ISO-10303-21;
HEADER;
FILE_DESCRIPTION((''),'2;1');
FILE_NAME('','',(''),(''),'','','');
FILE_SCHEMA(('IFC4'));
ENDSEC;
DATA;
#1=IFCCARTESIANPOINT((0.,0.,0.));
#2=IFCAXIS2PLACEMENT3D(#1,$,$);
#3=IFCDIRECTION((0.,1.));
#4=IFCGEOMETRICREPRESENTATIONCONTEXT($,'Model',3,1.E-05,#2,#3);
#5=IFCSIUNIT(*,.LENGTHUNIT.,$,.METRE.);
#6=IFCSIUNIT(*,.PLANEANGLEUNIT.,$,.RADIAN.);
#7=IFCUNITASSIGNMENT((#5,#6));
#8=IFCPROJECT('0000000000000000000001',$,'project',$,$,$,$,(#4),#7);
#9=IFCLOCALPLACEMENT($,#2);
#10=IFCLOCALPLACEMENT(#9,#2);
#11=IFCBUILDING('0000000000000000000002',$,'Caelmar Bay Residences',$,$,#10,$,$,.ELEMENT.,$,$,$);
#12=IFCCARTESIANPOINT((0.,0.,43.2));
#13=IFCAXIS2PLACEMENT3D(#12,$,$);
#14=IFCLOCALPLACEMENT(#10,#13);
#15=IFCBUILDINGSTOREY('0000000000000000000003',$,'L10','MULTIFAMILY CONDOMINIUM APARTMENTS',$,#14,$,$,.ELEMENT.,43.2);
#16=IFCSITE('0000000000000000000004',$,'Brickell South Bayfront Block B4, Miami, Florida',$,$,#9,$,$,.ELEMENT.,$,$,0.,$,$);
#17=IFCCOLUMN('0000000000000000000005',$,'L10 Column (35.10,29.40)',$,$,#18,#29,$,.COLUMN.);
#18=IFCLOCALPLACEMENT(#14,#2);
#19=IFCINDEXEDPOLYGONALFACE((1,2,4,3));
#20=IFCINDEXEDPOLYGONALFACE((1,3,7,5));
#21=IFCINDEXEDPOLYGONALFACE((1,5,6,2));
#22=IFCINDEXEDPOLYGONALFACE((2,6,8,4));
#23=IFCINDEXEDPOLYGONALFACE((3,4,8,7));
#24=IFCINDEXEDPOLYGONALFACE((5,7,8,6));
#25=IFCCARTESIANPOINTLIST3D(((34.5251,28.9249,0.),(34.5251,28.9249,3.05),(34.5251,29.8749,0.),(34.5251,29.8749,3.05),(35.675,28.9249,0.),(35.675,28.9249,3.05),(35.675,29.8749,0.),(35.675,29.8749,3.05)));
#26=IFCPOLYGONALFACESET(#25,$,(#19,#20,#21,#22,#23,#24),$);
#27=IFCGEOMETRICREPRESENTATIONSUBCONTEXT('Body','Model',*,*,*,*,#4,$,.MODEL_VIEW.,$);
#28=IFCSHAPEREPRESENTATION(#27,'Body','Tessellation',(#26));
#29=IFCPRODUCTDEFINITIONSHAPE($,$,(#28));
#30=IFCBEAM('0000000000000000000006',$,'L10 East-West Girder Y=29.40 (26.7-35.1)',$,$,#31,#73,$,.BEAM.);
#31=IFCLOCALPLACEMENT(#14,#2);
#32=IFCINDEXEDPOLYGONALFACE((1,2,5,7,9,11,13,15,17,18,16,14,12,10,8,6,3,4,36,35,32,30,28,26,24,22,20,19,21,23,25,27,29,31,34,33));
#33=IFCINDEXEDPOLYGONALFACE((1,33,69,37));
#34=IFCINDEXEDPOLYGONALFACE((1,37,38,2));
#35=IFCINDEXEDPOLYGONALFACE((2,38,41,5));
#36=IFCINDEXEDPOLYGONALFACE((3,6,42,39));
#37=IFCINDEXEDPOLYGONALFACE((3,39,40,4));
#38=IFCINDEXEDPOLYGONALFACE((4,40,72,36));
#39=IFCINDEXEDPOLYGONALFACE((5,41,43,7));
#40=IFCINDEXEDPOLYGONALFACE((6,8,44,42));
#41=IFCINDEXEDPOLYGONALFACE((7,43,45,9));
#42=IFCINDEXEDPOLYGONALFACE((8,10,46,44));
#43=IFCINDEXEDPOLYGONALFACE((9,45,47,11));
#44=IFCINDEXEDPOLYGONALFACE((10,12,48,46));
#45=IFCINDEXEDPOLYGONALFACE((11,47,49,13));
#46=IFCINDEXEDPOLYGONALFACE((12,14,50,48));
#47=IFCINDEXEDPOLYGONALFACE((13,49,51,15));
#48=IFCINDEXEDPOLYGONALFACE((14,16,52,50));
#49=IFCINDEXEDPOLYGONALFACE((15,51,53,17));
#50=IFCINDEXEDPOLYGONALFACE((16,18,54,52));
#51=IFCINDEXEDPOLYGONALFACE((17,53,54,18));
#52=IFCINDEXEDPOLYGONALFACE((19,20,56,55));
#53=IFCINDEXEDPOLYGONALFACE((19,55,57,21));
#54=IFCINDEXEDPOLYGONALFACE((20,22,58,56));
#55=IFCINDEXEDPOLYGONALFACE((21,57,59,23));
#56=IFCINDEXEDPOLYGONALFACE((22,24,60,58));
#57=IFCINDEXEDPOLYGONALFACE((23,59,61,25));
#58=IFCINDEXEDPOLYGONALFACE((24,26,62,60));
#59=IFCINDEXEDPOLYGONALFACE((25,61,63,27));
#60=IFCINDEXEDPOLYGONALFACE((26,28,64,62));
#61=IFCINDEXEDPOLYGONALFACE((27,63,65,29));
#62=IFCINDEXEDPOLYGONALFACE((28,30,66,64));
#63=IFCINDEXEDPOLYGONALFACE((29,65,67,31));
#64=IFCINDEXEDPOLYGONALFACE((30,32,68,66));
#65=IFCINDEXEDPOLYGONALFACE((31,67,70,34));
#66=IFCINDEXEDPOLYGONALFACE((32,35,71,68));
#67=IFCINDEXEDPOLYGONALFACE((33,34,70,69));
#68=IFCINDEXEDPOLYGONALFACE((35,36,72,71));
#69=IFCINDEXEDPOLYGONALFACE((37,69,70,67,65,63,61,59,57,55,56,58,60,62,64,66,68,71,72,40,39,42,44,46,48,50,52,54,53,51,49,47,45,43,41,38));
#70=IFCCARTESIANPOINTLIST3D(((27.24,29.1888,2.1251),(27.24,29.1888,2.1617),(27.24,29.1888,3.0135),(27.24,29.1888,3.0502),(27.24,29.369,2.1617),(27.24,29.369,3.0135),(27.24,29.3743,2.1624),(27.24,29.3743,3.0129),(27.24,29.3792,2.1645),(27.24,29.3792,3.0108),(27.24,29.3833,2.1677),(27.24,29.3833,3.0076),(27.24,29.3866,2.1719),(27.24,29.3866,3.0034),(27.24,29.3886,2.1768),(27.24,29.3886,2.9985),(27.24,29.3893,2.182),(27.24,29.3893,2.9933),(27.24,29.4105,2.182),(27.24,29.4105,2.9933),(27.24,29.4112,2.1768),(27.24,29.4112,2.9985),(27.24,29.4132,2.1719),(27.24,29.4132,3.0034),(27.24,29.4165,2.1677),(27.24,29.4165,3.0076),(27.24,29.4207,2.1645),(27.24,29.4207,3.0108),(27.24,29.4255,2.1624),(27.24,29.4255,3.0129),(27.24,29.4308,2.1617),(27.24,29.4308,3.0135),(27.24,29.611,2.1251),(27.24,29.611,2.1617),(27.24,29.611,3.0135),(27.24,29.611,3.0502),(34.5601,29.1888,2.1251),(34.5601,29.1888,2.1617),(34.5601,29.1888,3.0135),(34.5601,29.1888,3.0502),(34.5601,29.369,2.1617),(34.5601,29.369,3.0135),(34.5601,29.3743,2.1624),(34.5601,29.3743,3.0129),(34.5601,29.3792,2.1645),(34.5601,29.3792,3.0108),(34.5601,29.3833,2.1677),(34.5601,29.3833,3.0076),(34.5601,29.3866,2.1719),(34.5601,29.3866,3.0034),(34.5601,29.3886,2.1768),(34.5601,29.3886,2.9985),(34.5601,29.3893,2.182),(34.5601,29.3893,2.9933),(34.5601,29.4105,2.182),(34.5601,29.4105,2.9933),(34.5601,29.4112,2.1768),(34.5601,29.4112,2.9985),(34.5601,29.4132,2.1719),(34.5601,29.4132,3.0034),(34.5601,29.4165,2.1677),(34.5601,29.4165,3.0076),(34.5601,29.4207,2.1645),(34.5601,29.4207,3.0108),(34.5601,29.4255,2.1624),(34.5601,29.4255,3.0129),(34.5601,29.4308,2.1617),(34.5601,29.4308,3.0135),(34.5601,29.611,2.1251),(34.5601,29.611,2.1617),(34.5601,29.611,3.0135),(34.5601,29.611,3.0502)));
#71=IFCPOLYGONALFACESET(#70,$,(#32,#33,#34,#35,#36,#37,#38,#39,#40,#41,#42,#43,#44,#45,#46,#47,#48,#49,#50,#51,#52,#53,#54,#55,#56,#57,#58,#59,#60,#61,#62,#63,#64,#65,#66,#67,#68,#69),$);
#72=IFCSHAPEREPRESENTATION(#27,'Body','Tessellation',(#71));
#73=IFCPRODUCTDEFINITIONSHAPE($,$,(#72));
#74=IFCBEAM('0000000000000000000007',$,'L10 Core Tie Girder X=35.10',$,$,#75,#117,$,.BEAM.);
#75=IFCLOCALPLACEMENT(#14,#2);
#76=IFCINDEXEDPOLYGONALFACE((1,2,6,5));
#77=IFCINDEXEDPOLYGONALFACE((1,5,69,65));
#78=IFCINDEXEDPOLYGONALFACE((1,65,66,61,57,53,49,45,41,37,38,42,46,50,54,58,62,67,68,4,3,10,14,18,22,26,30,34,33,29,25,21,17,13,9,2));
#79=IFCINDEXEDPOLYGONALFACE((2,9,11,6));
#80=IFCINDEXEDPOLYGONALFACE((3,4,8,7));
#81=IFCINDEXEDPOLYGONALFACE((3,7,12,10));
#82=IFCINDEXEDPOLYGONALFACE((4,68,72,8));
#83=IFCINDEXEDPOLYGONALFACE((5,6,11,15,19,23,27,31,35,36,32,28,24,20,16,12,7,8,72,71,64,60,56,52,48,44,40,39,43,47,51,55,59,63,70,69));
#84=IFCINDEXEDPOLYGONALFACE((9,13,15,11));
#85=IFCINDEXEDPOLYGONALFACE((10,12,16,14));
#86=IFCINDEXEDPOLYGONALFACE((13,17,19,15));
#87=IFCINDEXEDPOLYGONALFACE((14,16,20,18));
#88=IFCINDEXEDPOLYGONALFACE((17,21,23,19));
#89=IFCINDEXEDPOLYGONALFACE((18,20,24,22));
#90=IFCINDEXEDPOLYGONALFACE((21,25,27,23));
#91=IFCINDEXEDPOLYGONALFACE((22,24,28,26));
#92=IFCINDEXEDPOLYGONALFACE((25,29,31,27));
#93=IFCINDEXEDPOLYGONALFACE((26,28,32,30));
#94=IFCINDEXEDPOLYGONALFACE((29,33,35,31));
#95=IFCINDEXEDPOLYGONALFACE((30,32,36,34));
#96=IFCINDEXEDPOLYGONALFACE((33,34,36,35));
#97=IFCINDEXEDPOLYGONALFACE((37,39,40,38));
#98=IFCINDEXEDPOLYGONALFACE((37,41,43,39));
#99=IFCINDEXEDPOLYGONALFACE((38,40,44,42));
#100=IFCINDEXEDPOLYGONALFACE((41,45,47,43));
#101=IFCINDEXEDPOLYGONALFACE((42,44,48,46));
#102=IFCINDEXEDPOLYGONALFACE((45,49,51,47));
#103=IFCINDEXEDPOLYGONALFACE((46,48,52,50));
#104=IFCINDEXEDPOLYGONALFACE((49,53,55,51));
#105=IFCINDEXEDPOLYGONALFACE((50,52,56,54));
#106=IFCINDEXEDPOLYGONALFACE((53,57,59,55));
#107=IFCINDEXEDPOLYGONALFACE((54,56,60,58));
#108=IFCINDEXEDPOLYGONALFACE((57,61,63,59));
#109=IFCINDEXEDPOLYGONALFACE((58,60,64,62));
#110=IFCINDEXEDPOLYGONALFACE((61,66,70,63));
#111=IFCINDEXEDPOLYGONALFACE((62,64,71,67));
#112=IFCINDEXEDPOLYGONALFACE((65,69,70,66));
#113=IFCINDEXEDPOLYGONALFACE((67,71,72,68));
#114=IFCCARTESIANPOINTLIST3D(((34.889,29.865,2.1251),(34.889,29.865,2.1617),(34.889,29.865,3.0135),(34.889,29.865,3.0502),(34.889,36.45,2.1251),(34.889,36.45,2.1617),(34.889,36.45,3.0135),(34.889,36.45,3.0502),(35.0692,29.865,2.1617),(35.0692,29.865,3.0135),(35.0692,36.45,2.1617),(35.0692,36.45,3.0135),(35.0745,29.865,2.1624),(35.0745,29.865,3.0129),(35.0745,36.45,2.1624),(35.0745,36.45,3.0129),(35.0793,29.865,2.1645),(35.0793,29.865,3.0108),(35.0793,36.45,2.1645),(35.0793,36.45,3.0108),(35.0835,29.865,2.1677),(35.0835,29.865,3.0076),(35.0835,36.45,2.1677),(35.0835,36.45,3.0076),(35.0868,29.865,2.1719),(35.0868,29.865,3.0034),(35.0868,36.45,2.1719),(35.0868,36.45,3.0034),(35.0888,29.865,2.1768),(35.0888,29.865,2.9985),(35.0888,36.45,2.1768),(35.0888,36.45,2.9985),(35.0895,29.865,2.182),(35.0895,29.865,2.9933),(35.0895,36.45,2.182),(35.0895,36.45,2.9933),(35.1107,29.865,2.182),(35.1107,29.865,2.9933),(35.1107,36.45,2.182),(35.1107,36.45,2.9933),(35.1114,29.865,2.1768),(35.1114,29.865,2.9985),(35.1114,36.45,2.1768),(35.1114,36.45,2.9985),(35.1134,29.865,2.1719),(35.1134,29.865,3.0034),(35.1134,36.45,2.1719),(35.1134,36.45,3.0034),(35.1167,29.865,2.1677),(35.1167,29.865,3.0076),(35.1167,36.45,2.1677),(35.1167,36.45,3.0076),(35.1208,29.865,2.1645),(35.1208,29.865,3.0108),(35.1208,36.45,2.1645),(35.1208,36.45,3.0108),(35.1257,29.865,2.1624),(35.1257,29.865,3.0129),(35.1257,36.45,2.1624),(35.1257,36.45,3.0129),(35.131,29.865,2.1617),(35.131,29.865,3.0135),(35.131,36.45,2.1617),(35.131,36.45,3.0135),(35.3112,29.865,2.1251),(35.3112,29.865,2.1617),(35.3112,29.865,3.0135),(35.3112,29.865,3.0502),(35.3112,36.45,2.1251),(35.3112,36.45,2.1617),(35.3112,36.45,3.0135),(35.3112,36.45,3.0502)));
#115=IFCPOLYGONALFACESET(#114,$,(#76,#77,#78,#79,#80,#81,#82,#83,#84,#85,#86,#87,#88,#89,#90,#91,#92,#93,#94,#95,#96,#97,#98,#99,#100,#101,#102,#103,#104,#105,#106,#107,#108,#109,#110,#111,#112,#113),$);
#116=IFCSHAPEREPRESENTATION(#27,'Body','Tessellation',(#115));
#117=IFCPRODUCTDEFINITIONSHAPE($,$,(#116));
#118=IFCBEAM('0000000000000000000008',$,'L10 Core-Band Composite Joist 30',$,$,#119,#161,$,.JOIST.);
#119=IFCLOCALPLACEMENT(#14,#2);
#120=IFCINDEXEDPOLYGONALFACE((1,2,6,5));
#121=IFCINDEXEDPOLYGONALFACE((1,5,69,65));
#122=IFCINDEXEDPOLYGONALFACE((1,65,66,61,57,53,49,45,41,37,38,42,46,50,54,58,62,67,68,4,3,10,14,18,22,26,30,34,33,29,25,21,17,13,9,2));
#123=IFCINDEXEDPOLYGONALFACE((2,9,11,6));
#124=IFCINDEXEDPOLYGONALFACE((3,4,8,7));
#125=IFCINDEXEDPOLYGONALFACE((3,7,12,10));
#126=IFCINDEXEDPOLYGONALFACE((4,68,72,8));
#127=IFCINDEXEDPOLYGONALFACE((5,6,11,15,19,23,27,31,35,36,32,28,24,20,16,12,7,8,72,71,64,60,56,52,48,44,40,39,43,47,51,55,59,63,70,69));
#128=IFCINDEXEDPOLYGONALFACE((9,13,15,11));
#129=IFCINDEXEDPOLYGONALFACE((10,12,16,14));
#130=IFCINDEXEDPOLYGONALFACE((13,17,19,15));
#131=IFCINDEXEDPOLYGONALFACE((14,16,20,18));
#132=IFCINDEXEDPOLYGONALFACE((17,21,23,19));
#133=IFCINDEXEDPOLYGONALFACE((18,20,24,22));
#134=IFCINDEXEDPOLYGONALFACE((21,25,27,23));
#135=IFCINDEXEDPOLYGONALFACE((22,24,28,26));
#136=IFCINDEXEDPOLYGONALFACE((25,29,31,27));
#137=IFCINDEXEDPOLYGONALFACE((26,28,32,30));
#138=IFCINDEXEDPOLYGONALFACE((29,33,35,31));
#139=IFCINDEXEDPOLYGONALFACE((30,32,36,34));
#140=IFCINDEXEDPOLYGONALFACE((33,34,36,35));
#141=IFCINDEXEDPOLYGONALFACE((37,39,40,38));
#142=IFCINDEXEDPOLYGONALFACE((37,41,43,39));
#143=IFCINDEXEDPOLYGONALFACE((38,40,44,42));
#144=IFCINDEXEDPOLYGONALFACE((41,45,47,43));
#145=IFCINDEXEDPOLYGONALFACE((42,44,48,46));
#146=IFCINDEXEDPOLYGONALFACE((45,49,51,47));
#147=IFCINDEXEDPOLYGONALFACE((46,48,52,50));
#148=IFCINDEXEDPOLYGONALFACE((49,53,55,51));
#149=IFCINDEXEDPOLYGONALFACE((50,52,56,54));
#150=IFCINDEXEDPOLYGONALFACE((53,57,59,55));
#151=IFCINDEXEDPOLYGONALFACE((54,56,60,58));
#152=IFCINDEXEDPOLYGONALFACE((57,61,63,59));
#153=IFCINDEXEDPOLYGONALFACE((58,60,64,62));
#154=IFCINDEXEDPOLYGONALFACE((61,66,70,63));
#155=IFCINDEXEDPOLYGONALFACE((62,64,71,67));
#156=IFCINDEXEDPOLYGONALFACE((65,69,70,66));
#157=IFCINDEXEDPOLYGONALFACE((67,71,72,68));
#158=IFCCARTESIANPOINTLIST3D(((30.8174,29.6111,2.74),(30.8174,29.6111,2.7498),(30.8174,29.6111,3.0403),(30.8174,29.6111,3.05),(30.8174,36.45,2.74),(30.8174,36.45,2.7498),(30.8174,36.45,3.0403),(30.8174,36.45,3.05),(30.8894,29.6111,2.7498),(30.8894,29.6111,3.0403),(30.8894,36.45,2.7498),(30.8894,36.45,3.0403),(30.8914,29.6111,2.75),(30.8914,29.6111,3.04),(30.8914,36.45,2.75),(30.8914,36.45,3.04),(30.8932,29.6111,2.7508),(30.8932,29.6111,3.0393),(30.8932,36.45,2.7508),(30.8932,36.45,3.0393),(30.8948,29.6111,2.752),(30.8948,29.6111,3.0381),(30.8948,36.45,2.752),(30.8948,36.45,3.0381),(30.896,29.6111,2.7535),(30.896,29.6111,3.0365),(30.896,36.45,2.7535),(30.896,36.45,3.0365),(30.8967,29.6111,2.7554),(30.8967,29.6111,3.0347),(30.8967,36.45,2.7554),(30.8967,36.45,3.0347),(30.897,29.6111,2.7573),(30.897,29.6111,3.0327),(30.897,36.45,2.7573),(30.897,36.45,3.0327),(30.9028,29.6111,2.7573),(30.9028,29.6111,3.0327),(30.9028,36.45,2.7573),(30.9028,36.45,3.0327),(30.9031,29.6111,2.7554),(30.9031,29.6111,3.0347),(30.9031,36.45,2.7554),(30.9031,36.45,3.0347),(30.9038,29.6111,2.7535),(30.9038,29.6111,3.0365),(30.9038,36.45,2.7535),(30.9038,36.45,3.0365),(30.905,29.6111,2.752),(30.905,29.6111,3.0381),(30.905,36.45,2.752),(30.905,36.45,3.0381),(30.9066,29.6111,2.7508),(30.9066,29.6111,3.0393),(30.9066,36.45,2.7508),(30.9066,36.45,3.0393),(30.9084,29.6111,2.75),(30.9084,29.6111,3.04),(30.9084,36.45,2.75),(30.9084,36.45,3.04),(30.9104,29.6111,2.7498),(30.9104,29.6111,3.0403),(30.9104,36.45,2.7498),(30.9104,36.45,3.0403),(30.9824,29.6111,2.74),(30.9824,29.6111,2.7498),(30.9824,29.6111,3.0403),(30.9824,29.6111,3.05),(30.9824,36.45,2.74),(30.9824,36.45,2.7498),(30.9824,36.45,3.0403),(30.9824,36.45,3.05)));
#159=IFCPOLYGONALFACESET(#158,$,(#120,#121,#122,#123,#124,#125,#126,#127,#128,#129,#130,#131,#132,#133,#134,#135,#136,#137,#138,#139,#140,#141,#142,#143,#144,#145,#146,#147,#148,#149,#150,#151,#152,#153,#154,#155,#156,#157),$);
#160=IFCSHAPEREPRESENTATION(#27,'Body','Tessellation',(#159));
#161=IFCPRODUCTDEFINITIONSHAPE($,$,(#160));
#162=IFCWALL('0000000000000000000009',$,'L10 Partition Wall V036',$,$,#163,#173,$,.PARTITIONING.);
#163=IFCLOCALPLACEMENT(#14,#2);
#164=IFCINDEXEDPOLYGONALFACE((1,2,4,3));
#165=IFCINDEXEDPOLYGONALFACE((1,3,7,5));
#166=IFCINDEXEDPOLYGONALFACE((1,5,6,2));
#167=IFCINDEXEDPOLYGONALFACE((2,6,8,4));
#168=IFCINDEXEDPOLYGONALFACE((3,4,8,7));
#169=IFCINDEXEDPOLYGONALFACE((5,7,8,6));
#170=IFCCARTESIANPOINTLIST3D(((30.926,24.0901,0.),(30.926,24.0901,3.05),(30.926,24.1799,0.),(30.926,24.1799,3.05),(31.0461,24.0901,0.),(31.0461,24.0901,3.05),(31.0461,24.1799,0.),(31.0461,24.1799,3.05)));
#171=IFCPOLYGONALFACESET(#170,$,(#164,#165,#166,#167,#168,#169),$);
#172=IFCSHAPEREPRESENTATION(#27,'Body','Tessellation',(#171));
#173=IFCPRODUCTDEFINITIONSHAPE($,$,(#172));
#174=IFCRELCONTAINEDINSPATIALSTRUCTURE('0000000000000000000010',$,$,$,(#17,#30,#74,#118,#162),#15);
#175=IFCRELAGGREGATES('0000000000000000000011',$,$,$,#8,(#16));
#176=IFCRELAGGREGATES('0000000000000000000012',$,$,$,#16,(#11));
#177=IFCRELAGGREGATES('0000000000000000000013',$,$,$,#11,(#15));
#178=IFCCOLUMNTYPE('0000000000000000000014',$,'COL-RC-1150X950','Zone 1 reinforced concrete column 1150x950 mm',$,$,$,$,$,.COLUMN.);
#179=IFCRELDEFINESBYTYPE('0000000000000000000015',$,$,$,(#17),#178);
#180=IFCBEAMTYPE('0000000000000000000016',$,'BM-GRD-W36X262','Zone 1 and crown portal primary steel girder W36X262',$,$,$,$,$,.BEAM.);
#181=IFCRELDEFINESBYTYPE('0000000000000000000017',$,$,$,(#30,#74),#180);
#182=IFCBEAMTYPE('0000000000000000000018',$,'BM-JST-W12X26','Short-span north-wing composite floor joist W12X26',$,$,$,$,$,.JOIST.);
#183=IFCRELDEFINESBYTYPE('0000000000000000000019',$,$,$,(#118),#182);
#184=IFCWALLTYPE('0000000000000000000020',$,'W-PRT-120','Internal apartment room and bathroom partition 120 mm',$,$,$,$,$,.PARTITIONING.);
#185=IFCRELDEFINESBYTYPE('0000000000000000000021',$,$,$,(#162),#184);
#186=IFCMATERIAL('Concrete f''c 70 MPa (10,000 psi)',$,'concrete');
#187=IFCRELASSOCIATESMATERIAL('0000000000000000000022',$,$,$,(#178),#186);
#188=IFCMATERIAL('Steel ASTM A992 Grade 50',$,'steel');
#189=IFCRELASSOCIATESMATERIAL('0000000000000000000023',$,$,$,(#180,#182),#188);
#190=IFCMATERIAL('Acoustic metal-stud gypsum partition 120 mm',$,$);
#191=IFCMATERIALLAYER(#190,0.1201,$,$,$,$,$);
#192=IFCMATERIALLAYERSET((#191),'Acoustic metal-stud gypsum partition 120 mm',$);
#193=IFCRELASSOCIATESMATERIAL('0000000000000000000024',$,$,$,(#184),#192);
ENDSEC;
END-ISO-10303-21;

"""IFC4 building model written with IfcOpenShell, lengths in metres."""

from ifc_helpers import new_model, si_unit, direction, frame, frame_2d, origin, origin_2d, place, context, subcontext, project, spatial, rectangle, i_section, extrude, material, layer, layer_set, material_profile, profile_set, type_object, element, save


model = new_model("IFC4")

# Units and contexts
model_context = context("Model", 3, precision=1e-05, world=origin(), true_north=direction((0.0, 1.0)))
body_context = subcontext(model_context, "Body", "Model", "MODEL_VIEW")
ifc_project = project(units=[si_unit("LENGTHUNIT", "METRE"), si_unit("PLANEANGLEUNIT", "RADIAN")], contexts=[model_context])

# Site, building, storey
site_placement = place(None, origin())
site = spatial("IfcSite", under=ifc_project, at=site_placement, Name="Brickell South Bayfront Block B4, Miami, Florida", CompositionType="ELEMENT", RefElevation=0.0)
building_placement = place(site_placement, origin())
building = spatial("IfcBuilding", under=site, at=building_placement, Name="Caelmar Bay Residences", CompositionType="ELEMENT")
storey_placement = place(building_placement, frame((0.0, 0.0, 43.2)))
storey = spatial("IfcBuildingStorey", under=building, at=storey_placement, Name="L10", Description="MULTIFAMILY CONDOMINIUM APARTMENTS", CompositionType="ELEMENT", Elevation=43.2)

# Column
ifc_material_1 = material(Name="Concrete f'c 70 MPa (10,000 psi)", Category="concrete")
ifc_material_profile_1 = material_profile(ifc_material_1, rectangle(XDim=1.1499, YDim=0.95, at=origin_2d()), Name="RC-COL-1150X950")
ifc_profile_set_1 = profile_set([ifc_material_profile_1], Name="Concrete f'c 70 MPa (10,000 psi)")
column_type = type_object("IfcColumnType", Name="COL-RC-1150X950", Description="Zone 1 reinforced concrete column 1150x950 mm", PredefinedType="COLUMN", material=ifc_profile_set_1)
column_placement = place(storey_placement, frame((35.1001, 29.3999, 0.0), z_axis=(0.0, 0.0, 1.0), x_axis=(1.0, 0.0, 0.0)))
element("IfcColumn", 1, at=column_placement, inside=storey, type_object=column_type, Name="L10 Column (35.10,29.40)", PredefinedType="COLUMN", context=body_context, shape_type="SweptSolid", body=[
    extrude(rectangle(XDim=1.1499, YDim=0.95, at=origin_2d()), origin(), (0.0, 0.0, 1.0), 3.05),
])

# Beams
ifc_material_2 = material(Name="Steel ASTM A992 Grade 50", Category="steel")
ifc_material_profile_2 = material_profile(ifc_material_2, i_section(OverallWidth=0.4221, OverallDepth=0.925, WebThickness=0.0212, FlangeThickness=0.0366, FilletRadius=0.0203, at=origin_2d()), Name="W36X262")
ifc_profile_set_2 = profile_set([ifc_material_profile_2], Name="Steel ASTM A992 Grade 50")
beam_type_1 = type_object("IfcBeamType", Name="BM-GRD-W36X262", Description="Zone 1 and crown portal primary steel girder W36X262", PredefinedType="BEAM", material=ifc_profile_set_2)
beam_1_placement = place(storey_placement, frame((27.24, 29.3999, 2.5876), z_axis=(1.0, 0.0, 0.0), x_axis=(0.0, 1.0, 0.0)))
element("IfcBeam", 2, at=beam_1_placement, inside=storey, type_object=beam_type_1, Name="L10 East-West Girder Y=29.40 (26.7-35.1)", PredefinedType="BEAM", context=body_context, shape_type="SweptSolid", body=[
    extrude(i_section(OverallWidth=0.4221, OverallDepth=0.925, WebThickness=0.0212, FlangeThickness=0.0366, FilletRadius=0.0203, at=origin_2d()), origin(), (0.0, 0.0, 1.0), 7.3201),
])
beam_2_placement = place(storey_placement, frame((35.1001, 29.865, 2.5876), z_axis=(0.0, 1.0, 0.0), x_axis=(-1.0, 0.0, 0.0)))
element("IfcBeam", 3, at=beam_2_placement, inside=storey, type_object=beam_type_1, Name="L10 Core Tie Girder X=35.10", PredefinedType="BEAM", context=body_context, shape_type="SweptSolid", body=[
    extrude(i_section(OverallWidth=0.4221, OverallDepth=0.925, WebThickness=0.0212, FlangeThickness=0.0366, FilletRadius=0.0203, at=origin_2d()), origin(), (0.0, 0.0, 1.0), 6.585),
])
ifc_material_profile_3 = material_profile(ifc_material_2, i_section(OverallWidth=0.165, OverallDepth=0.3101, WebThickness=0.0059, FlangeThickness=0.0098, FilletRadius=0.0076, at=origin_2d()), Name="W12X26")
ifc_profile_set_3 = profile_set([ifc_material_profile_3], Name="Steel ASTM A992 Grade 50")
beam_type_2 = type_object("IfcBeamType", Name="BM-JST-W12X26", Description="Short-span north-wing composite floor joist W12X26", PredefinedType="JOIST", material=ifc_profile_set_3)
beam_3_placement = place(storey_placement, frame((30.8999, 29.6111, 2.895), z_axis=(0.0, 1.0, 0.0), x_axis=(-1.0, 0.0, 0.0)))
element("IfcBeam", 4, at=beam_3_placement, inside=storey, type_object=beam_type_2, Name="L10 Core-Band Composite Joist 30", PredefinedType="JOIST", context=body_context, shape_type="SweptSolid", body=[
    extrude(i_section(OverallWidth=0.165, OverallDepth=0.3101, WebThickness=0.0059, FlangeThickness=0.0098, FilletRadius=0.0076, at=origin_2d()), origin(), (0.0, 0.0, 1.0), 6.8389),
])

# Wall
ifc_material_3 = material(Name="Acoustic metal-stud gypsum partition 120 mm")
ifc_layer_1 = layer(ifc_material_3, 0.1201)
ifc_layer_set_1 = layer_set([ifc_layer_1], Name="Acoustic metal-stud gypsum partition 120 mm")
wall_type_1 = type_object("IfcWallType", Name="W-PRT-120", Description="Internal apartment room and bathroom partition 120 mm", PredefinedType="PARTITIONING", material=ifc_layer_set_1)
wall_1_placement = place(storey_placement, frame((30.9861, 24.0901, 0.0), z_axis=(0.0, 0.0, 1.0), x_axis=(0.0, 1.0, 0.0)))
element("IfcWall", 5, at=wall_1_placement, inside=storey, type_object=wall_type_1, Name="L10 Partition Wall V036", PredefinedType="PARTITIONING", context=body_context, shape_type="SweptSolid", body=[
    extrude(rectangle(XDim=0.0898, YDim=0.1201, at=frame_2d((0.0449, 0.0))), origin(), (0.0, 0.0, 1.0), 3.05),
])

save(model, "model.ifc")
